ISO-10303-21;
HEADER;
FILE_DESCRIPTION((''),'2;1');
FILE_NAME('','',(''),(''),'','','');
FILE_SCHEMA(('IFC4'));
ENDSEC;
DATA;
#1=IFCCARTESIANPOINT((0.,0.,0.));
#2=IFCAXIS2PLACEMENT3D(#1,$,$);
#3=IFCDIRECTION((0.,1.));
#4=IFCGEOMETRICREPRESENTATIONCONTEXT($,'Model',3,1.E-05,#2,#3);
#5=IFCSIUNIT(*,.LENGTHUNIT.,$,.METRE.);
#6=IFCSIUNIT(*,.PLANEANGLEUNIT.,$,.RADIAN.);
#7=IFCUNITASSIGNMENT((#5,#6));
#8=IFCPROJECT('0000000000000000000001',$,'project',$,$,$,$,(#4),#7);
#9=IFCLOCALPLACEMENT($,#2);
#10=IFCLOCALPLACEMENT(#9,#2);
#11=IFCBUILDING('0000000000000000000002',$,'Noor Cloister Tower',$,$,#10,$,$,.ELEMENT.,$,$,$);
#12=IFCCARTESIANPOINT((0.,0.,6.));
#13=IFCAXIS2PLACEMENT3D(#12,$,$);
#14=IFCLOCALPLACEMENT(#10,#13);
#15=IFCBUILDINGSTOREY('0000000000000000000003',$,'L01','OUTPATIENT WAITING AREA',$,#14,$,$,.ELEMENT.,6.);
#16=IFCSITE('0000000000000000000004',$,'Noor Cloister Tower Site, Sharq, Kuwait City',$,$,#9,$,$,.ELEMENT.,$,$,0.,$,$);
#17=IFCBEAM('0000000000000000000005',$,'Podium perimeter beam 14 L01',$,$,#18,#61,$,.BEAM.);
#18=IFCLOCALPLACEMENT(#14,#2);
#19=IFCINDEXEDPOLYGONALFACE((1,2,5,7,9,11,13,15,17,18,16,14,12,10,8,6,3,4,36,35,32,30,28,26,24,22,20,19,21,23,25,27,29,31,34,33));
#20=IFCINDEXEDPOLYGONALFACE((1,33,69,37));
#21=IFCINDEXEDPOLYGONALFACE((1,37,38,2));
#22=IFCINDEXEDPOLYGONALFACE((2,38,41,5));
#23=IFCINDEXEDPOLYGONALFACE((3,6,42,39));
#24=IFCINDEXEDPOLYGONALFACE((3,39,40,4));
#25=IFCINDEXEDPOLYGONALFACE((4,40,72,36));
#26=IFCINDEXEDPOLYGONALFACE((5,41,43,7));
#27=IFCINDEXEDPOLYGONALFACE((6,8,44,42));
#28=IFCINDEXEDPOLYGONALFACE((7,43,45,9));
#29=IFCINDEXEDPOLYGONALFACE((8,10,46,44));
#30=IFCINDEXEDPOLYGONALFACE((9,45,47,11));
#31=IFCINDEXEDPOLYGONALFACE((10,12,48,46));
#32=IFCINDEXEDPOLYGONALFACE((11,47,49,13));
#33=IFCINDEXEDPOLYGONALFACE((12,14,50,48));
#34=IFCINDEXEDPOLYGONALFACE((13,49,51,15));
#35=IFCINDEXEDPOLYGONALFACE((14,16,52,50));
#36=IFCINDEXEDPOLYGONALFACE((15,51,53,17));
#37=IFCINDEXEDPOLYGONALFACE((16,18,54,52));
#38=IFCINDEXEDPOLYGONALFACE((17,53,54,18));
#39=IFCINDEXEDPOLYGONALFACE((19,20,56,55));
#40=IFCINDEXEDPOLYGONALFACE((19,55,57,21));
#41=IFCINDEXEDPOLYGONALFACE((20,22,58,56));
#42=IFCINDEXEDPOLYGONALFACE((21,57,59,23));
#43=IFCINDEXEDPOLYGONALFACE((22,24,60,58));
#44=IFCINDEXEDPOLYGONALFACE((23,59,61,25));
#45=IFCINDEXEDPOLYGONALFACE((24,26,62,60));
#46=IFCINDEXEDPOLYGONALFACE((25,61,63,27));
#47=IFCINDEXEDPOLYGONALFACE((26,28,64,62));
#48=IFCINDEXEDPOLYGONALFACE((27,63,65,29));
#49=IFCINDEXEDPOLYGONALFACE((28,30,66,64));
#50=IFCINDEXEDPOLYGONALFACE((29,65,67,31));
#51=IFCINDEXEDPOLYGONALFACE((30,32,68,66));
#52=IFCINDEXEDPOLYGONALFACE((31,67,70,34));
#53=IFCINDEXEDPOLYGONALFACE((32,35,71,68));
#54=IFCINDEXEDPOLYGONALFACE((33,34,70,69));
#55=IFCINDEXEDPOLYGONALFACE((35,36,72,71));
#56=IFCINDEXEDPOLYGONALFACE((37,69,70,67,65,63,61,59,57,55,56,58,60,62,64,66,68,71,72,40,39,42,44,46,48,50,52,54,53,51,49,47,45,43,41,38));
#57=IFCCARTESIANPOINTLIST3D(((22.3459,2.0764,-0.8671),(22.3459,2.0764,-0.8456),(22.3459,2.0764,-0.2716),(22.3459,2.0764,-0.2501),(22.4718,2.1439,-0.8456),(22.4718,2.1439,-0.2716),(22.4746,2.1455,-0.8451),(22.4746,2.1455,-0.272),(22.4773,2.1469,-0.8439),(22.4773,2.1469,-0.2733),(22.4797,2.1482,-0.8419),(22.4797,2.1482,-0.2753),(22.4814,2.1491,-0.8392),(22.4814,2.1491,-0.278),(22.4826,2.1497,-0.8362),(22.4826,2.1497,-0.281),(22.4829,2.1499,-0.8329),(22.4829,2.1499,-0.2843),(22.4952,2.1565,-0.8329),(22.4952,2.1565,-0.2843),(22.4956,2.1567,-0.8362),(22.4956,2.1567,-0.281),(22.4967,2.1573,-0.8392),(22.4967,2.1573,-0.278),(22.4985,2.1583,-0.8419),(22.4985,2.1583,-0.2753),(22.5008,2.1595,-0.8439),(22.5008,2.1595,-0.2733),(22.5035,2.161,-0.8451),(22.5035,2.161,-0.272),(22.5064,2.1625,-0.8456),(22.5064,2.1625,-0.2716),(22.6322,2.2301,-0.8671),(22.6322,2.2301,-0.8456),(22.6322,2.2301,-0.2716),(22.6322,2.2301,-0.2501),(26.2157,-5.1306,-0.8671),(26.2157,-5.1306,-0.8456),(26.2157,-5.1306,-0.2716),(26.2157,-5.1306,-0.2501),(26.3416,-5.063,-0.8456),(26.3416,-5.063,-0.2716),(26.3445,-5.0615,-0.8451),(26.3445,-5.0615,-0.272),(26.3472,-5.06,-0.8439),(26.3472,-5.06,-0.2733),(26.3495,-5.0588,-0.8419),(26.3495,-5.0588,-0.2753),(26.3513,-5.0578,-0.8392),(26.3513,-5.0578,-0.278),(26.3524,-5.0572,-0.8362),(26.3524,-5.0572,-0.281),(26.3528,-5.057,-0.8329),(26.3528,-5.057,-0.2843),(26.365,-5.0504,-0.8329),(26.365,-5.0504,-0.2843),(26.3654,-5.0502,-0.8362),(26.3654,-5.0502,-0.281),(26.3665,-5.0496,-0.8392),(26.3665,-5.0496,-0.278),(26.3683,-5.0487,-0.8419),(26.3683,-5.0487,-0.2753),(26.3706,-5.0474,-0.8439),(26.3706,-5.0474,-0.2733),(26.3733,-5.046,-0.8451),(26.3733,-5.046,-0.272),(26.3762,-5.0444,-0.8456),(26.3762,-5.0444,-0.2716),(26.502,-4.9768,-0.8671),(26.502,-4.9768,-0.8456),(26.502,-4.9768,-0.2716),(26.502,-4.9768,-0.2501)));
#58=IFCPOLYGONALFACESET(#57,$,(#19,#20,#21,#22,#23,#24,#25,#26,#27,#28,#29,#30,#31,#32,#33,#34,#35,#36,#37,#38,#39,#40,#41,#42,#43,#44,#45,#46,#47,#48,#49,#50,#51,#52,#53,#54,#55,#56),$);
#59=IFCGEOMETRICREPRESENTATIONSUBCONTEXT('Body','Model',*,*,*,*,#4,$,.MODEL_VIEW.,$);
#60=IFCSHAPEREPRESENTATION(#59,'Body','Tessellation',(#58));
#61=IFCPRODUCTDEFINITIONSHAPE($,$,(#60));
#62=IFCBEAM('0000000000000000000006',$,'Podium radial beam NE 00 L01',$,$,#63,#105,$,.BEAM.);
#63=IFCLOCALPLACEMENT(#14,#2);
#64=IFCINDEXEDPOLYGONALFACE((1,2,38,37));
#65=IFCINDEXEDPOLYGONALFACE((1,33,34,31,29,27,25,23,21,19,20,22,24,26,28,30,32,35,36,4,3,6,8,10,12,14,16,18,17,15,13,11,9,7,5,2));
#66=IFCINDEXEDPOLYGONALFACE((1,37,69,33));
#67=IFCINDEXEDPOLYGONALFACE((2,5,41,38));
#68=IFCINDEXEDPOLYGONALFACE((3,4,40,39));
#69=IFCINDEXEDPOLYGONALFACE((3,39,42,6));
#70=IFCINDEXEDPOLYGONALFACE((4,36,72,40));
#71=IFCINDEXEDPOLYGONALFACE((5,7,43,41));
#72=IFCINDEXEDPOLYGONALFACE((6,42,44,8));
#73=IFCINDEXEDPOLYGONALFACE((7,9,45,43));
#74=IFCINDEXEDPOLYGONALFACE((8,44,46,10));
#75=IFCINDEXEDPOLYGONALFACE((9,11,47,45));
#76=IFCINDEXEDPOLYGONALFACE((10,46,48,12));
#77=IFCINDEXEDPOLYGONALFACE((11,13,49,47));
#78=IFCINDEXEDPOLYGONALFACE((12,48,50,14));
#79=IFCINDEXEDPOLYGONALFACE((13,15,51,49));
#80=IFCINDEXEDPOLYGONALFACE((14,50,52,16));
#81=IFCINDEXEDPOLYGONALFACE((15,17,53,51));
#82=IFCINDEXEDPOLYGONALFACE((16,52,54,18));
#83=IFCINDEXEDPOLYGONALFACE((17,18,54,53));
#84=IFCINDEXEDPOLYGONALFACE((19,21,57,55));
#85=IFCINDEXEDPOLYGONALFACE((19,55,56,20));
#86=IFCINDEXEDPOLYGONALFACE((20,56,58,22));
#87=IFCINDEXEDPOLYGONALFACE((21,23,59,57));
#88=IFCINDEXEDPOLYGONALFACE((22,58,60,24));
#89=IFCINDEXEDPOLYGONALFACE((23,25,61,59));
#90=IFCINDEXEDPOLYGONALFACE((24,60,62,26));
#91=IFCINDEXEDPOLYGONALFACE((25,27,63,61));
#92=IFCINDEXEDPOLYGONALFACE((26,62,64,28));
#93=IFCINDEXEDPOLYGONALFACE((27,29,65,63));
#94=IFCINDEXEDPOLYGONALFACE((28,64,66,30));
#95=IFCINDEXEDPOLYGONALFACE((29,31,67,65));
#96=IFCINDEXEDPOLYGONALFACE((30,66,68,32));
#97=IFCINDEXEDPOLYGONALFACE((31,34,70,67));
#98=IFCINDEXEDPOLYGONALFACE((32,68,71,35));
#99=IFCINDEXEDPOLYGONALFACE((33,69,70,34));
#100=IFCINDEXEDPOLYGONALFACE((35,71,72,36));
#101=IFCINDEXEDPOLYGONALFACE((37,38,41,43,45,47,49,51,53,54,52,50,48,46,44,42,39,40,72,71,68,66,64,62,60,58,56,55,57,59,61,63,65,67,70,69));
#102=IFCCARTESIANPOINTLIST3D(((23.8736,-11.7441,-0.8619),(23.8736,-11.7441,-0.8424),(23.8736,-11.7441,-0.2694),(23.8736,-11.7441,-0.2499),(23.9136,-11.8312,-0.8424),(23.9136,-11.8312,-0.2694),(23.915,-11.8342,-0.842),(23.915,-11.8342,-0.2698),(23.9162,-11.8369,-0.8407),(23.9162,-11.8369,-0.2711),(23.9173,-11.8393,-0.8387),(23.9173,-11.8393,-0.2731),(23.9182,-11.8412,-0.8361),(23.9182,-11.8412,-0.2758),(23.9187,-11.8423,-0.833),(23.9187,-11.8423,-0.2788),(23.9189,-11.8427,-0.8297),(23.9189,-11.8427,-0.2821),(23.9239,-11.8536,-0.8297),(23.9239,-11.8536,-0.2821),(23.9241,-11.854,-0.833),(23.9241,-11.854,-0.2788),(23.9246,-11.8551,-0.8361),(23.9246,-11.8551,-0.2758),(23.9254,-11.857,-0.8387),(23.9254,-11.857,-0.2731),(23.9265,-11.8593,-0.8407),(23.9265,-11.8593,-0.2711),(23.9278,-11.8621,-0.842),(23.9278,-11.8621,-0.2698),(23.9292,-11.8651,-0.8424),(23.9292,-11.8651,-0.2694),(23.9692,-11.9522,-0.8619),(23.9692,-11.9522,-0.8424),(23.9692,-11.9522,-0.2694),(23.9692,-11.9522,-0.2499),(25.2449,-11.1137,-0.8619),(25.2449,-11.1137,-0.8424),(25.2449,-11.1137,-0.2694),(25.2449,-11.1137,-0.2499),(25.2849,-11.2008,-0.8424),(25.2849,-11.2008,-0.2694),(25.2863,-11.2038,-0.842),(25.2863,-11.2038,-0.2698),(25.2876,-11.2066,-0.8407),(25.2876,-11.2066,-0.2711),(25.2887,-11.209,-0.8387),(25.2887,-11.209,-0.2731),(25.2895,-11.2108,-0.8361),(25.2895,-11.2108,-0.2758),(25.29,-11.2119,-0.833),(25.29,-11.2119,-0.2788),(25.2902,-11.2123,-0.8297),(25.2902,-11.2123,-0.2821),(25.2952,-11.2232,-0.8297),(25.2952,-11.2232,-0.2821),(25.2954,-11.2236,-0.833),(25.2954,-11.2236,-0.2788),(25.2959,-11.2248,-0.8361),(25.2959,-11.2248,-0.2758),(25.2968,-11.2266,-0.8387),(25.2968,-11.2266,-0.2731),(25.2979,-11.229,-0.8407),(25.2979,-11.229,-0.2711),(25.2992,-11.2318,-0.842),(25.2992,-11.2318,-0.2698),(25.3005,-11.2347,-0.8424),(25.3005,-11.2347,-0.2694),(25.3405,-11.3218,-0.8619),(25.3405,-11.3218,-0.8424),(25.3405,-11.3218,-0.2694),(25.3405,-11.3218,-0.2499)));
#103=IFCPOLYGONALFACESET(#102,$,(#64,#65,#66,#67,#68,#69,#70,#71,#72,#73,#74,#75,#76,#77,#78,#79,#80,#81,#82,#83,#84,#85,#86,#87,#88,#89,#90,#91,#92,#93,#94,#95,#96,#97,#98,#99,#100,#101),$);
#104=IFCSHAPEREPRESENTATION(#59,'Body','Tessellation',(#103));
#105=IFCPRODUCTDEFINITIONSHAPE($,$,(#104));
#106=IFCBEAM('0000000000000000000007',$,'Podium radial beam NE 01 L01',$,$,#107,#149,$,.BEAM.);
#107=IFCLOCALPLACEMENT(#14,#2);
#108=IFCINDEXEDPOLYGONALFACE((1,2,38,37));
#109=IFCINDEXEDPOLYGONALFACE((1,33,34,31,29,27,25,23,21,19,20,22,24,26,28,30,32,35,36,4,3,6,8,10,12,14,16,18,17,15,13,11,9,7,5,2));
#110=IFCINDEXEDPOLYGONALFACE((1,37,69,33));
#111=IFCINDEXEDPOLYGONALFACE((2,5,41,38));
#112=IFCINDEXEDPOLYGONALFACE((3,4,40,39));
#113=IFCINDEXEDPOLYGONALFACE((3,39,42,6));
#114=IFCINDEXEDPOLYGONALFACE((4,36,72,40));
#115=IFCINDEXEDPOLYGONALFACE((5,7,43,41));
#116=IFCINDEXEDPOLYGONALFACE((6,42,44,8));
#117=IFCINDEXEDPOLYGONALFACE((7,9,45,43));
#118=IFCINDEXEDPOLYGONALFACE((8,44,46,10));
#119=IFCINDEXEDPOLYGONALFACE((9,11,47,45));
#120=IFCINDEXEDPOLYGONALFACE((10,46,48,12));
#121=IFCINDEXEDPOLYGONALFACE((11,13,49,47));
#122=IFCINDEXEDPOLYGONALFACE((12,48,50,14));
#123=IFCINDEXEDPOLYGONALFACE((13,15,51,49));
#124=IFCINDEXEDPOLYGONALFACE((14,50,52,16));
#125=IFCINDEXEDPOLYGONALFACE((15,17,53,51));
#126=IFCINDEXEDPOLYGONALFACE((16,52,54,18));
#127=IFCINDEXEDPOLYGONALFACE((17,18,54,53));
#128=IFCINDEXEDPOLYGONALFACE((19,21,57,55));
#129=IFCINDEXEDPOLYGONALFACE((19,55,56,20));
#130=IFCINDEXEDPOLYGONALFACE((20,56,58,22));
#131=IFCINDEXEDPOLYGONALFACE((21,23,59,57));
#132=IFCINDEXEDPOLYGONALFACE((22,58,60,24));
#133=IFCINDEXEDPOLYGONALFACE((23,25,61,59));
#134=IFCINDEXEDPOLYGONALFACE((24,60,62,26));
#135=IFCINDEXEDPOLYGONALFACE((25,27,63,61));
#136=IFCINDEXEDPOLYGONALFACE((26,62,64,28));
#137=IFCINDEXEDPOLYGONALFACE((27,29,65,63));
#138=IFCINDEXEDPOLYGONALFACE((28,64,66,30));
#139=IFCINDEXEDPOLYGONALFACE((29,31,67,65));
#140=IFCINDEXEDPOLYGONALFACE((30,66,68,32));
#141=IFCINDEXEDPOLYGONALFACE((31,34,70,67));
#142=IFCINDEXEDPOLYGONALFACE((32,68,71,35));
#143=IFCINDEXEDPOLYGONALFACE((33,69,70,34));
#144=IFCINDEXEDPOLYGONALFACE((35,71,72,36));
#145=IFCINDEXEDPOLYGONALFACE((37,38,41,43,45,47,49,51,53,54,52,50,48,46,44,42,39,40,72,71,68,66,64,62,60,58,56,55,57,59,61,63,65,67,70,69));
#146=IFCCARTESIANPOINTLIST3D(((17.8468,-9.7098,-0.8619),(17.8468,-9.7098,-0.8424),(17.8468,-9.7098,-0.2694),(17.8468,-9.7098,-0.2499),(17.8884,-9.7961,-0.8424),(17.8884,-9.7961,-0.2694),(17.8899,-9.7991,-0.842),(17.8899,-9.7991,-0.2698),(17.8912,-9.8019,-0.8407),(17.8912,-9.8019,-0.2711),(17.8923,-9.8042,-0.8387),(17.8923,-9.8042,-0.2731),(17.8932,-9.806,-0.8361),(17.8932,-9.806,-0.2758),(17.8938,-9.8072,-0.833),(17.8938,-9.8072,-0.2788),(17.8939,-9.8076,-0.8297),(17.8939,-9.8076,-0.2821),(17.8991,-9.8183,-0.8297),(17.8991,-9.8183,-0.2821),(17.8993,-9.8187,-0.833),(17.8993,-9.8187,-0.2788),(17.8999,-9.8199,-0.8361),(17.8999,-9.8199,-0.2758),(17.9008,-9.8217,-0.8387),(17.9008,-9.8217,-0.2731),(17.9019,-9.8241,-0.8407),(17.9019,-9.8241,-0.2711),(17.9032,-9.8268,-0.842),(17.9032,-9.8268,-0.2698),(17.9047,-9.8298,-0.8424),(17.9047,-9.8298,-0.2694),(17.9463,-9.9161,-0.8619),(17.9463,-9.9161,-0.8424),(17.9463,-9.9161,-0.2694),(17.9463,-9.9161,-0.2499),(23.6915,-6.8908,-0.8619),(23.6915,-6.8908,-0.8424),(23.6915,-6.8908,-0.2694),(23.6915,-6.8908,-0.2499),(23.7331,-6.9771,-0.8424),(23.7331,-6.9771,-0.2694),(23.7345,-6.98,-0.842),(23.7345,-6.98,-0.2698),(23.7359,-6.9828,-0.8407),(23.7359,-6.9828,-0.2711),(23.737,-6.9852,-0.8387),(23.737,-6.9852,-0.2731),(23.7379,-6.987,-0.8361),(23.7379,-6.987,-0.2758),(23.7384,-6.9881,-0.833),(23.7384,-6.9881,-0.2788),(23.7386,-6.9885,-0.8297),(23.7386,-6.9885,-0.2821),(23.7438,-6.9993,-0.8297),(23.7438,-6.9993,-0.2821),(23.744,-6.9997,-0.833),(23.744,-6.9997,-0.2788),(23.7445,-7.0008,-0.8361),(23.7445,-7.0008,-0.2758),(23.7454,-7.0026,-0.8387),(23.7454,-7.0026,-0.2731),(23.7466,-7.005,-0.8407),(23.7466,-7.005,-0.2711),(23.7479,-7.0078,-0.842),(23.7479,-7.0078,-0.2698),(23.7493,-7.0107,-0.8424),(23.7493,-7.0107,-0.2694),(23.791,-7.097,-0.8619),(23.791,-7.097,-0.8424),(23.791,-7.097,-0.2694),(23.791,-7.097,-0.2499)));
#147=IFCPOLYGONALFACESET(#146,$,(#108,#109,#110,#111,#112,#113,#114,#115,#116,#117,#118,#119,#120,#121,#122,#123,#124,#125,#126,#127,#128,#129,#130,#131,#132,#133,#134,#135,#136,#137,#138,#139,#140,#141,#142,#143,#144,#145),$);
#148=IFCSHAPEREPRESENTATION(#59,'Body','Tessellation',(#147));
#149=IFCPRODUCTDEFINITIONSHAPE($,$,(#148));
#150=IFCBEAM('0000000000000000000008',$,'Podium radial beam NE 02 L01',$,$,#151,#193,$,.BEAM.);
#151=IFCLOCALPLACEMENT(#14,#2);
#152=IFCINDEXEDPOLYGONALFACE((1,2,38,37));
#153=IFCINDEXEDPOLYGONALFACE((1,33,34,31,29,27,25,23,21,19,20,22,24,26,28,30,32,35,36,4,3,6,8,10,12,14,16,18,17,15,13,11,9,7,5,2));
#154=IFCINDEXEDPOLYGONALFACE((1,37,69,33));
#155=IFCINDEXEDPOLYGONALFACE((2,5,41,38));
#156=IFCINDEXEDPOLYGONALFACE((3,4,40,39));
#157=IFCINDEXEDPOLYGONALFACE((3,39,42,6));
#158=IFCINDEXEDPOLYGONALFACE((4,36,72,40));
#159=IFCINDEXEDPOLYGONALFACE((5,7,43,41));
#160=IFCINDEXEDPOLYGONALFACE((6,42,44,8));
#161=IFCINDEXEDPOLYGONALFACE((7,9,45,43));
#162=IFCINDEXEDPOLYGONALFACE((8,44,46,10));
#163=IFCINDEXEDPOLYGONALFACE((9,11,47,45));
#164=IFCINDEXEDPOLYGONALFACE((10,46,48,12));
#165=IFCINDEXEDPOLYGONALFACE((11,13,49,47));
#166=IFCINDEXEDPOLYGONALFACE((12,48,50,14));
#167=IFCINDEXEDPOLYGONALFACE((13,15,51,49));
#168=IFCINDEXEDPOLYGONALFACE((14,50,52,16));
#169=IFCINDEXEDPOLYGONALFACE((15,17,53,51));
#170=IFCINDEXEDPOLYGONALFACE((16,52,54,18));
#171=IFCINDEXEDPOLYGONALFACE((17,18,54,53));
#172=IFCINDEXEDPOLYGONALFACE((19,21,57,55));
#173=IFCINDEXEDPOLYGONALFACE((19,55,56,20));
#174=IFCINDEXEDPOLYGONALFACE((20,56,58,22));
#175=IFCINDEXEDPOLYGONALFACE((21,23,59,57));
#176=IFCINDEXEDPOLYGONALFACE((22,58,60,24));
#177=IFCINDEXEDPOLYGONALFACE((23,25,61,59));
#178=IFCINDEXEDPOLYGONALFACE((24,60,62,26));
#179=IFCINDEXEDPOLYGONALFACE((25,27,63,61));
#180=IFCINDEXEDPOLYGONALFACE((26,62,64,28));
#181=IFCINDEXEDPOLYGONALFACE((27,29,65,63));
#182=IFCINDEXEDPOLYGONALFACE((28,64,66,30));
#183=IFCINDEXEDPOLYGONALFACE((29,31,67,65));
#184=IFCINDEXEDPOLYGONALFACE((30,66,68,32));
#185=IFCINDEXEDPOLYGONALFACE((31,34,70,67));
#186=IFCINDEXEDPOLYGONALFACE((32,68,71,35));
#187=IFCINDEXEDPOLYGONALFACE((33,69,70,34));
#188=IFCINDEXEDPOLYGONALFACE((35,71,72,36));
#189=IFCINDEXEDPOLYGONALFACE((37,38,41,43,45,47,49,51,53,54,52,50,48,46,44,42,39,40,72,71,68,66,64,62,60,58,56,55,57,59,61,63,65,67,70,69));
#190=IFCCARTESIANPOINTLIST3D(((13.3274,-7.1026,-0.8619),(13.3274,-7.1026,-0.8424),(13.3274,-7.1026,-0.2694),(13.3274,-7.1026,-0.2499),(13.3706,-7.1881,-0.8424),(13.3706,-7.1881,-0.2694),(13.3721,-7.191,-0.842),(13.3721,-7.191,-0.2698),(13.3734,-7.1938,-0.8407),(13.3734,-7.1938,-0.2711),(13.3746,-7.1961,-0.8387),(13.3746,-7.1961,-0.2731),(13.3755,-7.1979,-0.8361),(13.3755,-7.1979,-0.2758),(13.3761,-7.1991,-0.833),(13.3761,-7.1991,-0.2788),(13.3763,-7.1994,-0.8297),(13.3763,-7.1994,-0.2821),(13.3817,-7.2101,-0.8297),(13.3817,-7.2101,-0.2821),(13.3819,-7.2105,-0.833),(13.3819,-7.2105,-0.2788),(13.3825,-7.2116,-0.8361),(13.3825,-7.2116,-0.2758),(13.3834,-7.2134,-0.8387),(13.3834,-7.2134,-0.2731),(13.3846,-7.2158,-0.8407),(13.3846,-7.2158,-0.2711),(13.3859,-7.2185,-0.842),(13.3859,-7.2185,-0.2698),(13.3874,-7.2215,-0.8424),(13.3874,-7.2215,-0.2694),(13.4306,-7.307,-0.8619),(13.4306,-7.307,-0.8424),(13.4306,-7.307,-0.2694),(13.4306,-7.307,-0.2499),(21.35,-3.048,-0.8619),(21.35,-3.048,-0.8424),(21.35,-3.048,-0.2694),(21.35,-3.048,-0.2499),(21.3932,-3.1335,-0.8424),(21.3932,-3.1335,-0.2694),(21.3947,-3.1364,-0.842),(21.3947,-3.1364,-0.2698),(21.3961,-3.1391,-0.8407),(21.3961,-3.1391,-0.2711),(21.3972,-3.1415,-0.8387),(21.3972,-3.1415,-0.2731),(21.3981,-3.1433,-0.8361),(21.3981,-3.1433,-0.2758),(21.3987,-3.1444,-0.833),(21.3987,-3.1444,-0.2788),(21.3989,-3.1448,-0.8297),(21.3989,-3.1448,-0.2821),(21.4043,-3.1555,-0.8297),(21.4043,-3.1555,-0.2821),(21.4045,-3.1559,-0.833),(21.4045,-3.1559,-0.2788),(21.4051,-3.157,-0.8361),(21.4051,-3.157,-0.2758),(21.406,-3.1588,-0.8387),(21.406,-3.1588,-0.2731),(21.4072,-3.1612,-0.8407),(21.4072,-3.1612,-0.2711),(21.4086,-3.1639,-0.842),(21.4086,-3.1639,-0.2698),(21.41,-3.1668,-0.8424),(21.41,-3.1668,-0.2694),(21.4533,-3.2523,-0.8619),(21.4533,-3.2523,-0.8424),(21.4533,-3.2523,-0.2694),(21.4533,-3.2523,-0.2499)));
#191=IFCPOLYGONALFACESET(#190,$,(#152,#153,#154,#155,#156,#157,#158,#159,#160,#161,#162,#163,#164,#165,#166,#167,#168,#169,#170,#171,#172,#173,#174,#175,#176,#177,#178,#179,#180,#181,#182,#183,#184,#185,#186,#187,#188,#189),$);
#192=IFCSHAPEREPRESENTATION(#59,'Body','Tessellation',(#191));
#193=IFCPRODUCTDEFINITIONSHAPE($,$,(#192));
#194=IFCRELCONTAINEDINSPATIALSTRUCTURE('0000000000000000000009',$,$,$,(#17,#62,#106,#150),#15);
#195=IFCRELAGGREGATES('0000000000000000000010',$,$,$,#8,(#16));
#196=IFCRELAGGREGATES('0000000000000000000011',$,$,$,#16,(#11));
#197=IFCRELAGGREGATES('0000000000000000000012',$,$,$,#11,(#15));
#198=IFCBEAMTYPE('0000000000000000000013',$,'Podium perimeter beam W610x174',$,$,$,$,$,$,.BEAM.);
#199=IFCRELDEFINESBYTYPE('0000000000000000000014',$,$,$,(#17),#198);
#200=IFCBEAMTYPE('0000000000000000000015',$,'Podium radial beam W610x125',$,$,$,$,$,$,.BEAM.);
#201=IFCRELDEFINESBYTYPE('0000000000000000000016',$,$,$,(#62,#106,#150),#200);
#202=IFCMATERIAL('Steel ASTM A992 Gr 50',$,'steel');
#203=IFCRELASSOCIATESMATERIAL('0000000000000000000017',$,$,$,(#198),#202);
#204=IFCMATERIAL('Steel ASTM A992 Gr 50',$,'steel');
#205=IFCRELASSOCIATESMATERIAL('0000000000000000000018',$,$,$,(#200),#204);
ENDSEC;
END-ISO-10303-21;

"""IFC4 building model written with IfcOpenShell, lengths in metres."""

from ifc_helpers import new_model, si_unit, direction, frame, origin, origin_2d, place, context, subcontext, project, spatial, i_section, extrude, material, material_profile, profile_set, type_object, element, save


model = new_model("IFC4")

# Units and contexts
model_context = context("Model", 3, precision=1e-05, world=origin(), true_north=direction((0.0, 1.0)))
body_context = subcontext(model_context, "Body", "Model", "MODEL_VIEW")
ifc_project = project(units=[si_unit("LENGTHUNIT", "METRE"), si_unit("PLANEANGLEUNIT", "RADIAN")], contexts=[model_context])

# Site, building, storey
site_placement = place(None, origin())
site = spatial("IfcSite", under=ifc_project, at=site_placement, Name="Noor Cloister Tower Site, Sharq, Kuwait City", CompositionType="ELEMENT", RefElevation=0.0)
building_placement = place(site_placement, origin())
building = spatial("IfcBuilding", under=site, at=building_placement, Name="Noor Cloister Tower", CompositionType="ELEMENT")
storey_placement = place(building_placement, frame((0.0, 0.0, 6.0)))
storey = spatial("IfcBuildingStorey", under=building, at=storey_placement, Name="L01", Description="OUTPATIENT WAITING AREA", CompositionType="ELEMENT", Elevation=6.0)

# Beams
ifc_material_1 = material(Name="Steel ASTM A992 Gr 50", Category="steel")
ifc_material_profile_1 = material_profile(ifc_material_1, i_section(OverallWidth=0.325, OverallDepth=0.6169, WebThickness=0.0139, FlangeThickness=0.0215, FilletRadius=0.0127, at=origin_2d()), Name="W610x174")
ifc_profile_set_1 = profile_set([ifc_material_profile_1], Name="Steel ASTM A992 Gr 50")
beam_type_1 = type_object("IfcBeamType", Name="Podium perimeter beam W610x174", PredefinedType="BEAM", material=ifc_profile_set_1)
beam_1_placement = place(storey_placement, frame((26.3589, -5.0537, -0.5586), z_axis=(-0.473073, 0.881023, 0.0), x_axis=(-0.881023, -0.473073, 0.0)))
element("IfcBeam", 1, at=beam_1_placement, inside=storey, type_object=beam_type_1, Name="Podium perimeter beam 14 L01", PredefinedType="BEAM", context=body_context, shape_type="SweptSolid", body=[
    extrude(i_section(OverallWidth=0.325, OverallDepth=0.6169, WebThickness=0.0139, FlangeThickness=0.0215, FilletRadius=0.0127, at=origin_2d()), origin(), (0.0, 0.0, 1.0), 8.1802),
])
ifc_material_2 = material(Name="Steel ASTM A992 Gr 50", Category="steel")
ifc_material_profile_2 = material_profile(ifc_material_2, i_section(OverallWidth=0.229, OverallDepth=0.6121, WebThickness=0.012, FlangeThickness=0.0195, FilletRadius=0.0127, at=origin_2d()), Name="W610x125")
ifc_profile_set_2 = profile_set([ifc_material_profile_2], Name="Steel ASTM A992 Gr 50")
beam_type_2 = type_object("IfcBeamType", Name="Podium radial beam W610x125", PredefinedType="BEAM", material=ifc_profile_set_2)
beam_2_placement = place(storey_placement, frame((25.2927, -11.2178, -0.5559), z_axis=(-0.908602, -0.417663, 0.0), x_axis=(0.417663, -0.908602, 0.0)))
element("IfcBeam", 2, at=beam_2_placement, inside=storey, type_object=beam_type_2, Name="Podium radial beam NE 00 L01", PredefinedType="BEAM", context=body_context, shape_type="SweptSolid", body=[
    extrude(i_section(OverallWidth=0.229, OverallDepth=0.6121, WebThickness=0.012, FlangeThickness=0.0195, FilletRadius=0.0127, at=origin_2d()), origin(), (0.0, 0.0, 1.0), 1.5093),
])
beam_3_placement = place(storey_placement, frame((23.7412, -6.9939, -0.5559), z_axis=(-0.900702, -0.434437, 0.0), x_axis=(0.434437, -0.900702, 0.0)))
element("IfcBeam", 3, at=beam_3_placement, inside=storey, type_object=beam_type_2, Name="Podium radial beam NE 01 L01", PredefinedType="BEAM", context=body_context, shape_type="SweptSolid", body=[
    extrude(i_section(OverallWidth=0.229, OverallDepth=0.6121, WebThickness=0.012, FlangeThickness=0.0195, FilletRadius=0.0127, at=origin_2d()), origin(), (0.0, 0.0, 1.0), 6.489),
])
beam_4_placement = place(storey_placement, frame((21.4016, -3.1501, -0.5559), z_axis=(-0.892491, -0.451066, 0.0), x_axis=(0.451066, -0.892491, 0.0)))
element("IfcBeam", 4, at=beam_4_placement, inside=storey, type_object=beam_type_2, Name="Podium radial beam NE 02 L01", PredefinedType="BEAM", context=body_context, shape_type="SweptSolid", body=[
    extrude(i_section(OverallWidth=0.229, OverallDepth=0.6121, WebThickness=0.012, FlangeThickness=0.0195, FilletRadius=0.0127, at=origin_2d()), origin(), (0.0, 0.0, 1.0), 8.989),
])

save(model, "model.ifc")
